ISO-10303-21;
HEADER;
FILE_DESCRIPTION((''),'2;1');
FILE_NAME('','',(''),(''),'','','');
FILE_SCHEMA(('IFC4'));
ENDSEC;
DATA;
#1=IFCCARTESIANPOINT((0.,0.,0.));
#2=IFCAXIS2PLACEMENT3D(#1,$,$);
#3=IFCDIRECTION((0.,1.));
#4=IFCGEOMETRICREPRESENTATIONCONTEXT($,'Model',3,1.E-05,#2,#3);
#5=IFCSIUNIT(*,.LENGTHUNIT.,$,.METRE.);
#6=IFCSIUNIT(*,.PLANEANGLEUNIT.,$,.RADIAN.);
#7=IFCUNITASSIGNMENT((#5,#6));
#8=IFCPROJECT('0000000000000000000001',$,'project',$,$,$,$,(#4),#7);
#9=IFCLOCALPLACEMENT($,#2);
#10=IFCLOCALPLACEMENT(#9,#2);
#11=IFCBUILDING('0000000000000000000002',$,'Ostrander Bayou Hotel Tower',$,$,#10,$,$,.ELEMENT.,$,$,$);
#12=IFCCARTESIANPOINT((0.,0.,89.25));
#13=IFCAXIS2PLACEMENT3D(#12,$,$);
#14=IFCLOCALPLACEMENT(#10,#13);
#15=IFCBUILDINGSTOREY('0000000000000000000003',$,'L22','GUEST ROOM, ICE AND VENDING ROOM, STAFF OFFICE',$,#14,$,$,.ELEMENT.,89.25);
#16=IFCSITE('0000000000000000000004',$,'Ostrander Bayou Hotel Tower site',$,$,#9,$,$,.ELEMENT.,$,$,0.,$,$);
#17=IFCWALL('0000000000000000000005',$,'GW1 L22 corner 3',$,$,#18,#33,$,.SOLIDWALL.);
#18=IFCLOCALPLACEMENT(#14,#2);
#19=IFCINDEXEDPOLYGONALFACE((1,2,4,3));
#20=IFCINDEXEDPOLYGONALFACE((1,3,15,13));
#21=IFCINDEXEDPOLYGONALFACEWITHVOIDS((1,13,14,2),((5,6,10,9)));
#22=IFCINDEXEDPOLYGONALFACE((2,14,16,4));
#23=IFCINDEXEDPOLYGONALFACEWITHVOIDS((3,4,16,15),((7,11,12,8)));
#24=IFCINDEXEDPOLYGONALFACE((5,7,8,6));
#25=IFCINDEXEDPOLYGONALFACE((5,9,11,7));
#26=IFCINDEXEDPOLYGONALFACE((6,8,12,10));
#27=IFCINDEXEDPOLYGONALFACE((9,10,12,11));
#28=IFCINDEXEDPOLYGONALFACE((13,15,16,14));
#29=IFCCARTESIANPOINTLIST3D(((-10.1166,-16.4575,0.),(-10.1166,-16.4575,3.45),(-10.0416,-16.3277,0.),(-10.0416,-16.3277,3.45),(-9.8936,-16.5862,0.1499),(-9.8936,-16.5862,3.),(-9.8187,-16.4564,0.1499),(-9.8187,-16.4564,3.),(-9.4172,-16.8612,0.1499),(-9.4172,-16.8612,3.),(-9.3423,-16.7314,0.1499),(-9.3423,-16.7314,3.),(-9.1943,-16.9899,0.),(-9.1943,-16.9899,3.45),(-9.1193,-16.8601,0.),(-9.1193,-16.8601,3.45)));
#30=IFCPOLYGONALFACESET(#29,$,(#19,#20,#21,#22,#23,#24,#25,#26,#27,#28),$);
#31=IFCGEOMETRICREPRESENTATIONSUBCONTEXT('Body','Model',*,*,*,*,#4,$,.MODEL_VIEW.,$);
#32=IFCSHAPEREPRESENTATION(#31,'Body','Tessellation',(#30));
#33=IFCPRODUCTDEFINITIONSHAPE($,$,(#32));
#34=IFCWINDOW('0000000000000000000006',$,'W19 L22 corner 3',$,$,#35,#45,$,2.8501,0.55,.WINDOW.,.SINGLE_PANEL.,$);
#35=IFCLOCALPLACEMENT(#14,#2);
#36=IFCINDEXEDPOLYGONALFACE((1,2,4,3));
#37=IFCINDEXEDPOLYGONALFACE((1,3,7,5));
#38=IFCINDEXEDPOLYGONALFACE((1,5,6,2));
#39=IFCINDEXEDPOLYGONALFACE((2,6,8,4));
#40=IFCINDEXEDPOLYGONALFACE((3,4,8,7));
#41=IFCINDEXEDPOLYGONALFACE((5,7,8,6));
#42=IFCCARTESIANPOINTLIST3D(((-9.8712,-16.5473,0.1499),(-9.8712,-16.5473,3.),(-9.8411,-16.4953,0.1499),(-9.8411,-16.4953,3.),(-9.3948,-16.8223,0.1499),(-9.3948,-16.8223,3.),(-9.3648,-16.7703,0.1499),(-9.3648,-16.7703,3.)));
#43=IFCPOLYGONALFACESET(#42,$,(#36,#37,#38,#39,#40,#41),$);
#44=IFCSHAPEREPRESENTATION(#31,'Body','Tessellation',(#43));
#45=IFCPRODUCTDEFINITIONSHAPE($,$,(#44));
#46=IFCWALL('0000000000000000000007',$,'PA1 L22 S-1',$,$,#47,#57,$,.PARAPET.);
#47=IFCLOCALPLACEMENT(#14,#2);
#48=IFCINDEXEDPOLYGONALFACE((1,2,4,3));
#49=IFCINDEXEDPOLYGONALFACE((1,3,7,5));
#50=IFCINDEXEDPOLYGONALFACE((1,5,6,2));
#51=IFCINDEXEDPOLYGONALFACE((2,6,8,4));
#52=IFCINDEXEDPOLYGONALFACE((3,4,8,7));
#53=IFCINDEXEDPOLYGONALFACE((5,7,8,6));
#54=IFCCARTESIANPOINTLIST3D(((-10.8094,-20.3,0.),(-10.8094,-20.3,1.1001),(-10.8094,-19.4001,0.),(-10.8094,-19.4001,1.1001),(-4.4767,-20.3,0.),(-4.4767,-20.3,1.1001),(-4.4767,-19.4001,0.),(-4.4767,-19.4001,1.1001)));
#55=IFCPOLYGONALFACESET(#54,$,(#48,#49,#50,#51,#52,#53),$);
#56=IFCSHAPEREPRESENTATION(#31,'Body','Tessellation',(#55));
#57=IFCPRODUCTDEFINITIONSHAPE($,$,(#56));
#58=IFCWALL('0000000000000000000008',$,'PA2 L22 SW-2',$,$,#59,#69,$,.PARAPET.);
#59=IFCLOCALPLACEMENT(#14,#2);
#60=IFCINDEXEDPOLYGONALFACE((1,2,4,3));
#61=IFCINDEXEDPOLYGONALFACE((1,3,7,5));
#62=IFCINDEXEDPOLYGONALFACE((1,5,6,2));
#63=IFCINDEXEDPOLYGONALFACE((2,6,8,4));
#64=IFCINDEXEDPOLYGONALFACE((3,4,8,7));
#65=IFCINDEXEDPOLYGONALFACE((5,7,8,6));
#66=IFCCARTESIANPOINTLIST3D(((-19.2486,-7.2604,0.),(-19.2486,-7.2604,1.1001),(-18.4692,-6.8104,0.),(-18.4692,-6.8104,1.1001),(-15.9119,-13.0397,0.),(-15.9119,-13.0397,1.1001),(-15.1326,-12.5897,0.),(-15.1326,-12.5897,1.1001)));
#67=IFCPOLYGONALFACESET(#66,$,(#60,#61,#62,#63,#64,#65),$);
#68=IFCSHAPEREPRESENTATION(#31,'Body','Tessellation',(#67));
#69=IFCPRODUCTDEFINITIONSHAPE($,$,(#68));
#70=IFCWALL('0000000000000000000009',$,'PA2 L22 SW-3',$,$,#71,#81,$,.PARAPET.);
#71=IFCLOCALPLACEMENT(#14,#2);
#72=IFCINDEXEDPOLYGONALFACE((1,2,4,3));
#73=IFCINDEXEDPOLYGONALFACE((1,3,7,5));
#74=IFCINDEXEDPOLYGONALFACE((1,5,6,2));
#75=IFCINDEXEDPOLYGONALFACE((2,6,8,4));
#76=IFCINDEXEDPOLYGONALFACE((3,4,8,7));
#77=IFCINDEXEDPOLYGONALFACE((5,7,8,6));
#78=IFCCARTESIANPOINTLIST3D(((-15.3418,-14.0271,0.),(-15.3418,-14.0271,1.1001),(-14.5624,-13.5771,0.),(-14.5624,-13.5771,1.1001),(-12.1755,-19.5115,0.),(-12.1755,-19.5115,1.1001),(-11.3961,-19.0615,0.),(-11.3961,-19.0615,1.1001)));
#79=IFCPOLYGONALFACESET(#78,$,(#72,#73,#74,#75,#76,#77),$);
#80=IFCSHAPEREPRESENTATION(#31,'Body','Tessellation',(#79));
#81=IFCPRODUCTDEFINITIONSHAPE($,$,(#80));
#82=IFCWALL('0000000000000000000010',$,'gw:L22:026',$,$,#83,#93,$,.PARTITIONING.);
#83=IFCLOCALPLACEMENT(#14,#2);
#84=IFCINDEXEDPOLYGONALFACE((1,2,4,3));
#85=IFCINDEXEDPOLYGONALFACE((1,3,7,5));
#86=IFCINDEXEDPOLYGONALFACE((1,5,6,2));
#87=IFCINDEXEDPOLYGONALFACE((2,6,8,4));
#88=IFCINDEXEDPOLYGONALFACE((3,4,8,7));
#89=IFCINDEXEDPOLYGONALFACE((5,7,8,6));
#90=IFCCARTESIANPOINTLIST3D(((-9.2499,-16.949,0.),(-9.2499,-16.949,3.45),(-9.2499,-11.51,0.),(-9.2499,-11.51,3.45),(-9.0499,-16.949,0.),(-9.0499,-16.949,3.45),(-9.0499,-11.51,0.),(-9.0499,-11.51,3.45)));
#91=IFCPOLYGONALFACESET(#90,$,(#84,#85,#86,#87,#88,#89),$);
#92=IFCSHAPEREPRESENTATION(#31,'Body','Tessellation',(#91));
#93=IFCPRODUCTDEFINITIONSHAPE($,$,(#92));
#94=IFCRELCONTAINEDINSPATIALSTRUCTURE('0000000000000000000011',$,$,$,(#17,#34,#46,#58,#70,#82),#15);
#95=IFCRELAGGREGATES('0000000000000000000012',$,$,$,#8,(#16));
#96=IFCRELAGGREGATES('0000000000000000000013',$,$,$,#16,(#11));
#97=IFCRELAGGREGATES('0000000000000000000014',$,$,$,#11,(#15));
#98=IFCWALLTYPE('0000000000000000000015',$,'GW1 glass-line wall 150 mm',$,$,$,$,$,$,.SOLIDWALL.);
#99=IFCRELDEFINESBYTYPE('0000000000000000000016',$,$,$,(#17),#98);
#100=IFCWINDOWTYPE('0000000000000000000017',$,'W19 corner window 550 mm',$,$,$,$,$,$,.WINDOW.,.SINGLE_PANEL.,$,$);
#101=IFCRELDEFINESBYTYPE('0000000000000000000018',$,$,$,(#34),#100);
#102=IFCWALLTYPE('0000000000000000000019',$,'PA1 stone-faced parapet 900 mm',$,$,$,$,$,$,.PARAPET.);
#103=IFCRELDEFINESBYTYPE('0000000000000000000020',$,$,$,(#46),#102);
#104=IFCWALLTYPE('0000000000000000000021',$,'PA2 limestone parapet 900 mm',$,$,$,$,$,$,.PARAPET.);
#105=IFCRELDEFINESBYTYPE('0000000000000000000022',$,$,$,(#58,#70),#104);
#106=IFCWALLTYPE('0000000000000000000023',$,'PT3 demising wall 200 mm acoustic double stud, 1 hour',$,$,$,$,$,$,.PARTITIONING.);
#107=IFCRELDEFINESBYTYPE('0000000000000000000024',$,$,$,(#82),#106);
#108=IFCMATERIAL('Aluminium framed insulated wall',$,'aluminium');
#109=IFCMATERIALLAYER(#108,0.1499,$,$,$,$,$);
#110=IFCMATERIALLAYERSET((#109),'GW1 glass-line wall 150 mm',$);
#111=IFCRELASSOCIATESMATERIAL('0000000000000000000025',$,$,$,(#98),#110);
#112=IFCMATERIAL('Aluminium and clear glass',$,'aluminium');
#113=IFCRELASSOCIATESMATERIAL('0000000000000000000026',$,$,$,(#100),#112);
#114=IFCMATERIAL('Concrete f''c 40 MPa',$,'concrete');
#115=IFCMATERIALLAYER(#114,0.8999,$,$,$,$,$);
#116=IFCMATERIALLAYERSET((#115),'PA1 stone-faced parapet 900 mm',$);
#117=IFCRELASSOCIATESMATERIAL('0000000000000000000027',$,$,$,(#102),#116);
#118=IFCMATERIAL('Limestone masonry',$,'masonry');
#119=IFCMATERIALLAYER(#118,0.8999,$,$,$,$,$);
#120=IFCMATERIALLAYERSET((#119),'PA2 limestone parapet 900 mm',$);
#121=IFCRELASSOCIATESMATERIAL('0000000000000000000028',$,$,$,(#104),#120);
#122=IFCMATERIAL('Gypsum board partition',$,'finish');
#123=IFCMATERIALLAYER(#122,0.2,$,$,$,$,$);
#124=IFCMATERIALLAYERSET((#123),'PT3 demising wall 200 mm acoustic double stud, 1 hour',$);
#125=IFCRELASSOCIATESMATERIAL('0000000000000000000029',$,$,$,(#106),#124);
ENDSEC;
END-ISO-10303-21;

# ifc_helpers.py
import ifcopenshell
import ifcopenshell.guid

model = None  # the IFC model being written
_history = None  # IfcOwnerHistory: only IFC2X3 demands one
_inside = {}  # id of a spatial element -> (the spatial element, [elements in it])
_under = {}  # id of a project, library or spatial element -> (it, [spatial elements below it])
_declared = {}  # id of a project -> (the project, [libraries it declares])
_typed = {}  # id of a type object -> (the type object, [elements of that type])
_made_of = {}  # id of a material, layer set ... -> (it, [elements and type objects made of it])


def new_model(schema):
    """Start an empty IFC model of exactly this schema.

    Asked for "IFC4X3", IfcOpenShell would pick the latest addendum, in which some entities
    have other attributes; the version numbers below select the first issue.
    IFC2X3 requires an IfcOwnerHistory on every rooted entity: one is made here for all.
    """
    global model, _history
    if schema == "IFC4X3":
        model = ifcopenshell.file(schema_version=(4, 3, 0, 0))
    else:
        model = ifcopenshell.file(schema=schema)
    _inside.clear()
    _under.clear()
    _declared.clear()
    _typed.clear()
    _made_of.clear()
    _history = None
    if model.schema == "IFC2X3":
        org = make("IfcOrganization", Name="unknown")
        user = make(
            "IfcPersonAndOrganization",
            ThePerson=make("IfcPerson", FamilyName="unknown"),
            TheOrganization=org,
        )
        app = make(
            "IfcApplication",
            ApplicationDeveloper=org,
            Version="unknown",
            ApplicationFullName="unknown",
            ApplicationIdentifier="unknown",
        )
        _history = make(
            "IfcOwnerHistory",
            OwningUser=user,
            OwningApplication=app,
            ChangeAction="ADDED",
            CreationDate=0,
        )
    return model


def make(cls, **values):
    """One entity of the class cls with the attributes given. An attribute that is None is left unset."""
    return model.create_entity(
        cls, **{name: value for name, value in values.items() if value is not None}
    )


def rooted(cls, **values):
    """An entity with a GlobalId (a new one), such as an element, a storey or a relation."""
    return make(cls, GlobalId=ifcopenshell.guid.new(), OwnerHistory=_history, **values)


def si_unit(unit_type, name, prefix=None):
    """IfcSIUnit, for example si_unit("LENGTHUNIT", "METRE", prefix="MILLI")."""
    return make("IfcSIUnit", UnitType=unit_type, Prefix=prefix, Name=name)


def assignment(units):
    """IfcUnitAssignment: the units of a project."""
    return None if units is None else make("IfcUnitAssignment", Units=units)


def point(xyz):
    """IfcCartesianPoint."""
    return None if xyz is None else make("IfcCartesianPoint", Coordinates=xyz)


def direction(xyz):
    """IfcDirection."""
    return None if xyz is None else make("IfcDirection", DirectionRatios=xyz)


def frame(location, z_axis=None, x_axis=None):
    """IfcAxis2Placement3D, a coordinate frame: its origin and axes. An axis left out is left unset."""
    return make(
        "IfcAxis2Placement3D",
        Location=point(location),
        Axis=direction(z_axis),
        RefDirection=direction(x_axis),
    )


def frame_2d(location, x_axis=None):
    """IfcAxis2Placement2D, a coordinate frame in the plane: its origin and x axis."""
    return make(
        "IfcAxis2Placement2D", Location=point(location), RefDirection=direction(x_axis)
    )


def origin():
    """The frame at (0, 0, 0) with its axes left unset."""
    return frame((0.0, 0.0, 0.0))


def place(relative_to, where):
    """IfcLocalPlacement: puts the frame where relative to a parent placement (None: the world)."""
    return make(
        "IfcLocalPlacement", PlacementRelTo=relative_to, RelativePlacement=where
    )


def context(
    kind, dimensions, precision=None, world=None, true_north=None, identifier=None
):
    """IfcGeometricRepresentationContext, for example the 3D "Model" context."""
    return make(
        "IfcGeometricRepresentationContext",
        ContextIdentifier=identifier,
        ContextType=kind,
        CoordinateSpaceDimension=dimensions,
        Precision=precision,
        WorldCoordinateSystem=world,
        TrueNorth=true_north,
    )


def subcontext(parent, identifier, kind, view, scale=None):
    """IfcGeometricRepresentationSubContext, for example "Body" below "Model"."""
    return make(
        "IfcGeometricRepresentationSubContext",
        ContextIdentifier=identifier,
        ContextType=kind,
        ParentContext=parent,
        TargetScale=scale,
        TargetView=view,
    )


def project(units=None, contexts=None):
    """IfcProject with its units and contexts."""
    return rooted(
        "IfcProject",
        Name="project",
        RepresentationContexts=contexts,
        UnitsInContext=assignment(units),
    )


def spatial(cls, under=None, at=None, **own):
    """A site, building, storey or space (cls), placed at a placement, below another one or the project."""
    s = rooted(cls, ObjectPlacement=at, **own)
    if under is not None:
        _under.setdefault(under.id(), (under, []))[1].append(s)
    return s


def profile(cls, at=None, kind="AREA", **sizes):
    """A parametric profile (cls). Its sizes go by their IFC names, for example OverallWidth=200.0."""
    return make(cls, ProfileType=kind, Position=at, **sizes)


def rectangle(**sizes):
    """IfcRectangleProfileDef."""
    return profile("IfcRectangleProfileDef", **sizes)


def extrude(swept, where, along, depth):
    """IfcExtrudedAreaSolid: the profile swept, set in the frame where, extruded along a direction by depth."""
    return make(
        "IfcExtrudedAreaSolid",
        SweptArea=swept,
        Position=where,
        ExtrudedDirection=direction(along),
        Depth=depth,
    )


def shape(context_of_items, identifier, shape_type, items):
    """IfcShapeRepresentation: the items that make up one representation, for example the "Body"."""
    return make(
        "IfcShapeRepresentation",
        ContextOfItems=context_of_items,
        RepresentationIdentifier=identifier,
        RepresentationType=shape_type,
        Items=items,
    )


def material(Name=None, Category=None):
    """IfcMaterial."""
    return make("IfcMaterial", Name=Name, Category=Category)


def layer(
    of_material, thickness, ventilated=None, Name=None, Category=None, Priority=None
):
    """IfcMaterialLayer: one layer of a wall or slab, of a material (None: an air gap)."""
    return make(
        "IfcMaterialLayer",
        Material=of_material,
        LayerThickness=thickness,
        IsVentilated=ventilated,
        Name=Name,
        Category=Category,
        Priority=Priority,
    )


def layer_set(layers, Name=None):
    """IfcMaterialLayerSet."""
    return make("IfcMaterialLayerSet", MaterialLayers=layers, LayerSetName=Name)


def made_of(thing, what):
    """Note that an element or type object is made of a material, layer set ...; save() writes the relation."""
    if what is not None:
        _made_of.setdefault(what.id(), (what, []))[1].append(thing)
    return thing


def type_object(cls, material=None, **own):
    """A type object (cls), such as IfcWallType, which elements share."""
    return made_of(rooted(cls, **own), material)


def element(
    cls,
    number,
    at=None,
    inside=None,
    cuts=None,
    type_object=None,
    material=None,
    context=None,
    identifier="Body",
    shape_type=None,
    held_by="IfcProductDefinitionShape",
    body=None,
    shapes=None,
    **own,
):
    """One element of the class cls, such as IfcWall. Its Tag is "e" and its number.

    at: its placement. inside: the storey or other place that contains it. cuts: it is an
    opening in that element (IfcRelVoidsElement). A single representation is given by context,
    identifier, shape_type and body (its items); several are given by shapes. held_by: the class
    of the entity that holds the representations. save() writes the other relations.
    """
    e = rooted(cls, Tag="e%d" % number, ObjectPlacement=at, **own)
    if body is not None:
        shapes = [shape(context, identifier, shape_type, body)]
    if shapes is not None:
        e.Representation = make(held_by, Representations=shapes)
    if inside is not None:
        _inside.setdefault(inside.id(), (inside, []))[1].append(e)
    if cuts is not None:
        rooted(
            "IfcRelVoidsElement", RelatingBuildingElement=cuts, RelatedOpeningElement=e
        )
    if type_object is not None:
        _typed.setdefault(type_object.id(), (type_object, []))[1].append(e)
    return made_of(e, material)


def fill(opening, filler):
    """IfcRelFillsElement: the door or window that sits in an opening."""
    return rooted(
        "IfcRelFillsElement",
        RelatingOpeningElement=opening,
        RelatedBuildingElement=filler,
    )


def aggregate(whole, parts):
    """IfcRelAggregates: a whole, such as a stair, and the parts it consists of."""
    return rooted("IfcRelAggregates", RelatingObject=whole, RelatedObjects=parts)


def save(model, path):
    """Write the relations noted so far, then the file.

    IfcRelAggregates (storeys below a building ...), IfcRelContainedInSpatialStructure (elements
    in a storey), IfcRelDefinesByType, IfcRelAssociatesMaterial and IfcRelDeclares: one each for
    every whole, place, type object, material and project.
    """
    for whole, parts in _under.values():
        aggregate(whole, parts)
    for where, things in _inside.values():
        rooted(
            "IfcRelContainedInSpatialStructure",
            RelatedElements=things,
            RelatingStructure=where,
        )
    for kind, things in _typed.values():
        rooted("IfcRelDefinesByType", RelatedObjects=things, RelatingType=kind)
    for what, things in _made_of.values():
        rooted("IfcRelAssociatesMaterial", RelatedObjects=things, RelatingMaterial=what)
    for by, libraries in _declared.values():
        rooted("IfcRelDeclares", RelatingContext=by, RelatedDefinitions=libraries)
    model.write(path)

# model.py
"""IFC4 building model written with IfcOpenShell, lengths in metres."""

from ifc_helpers import new_model, si_unit, direction, frame, frame_2d, origin, place, context, subcontext, project, spatial, rectangle, extrude, material, layer, layer_set, type_object, element, fill, save


model = new_model("IFC4")

# Units and contexts
model_context = context("Model", 3, precision=1e-05, world=origin(), true_north=direction((0.0, 1.0)))
body_context = subcontext(model_context, "Body", "Model", "MODEL_VIEW")
ifc_project = project(units=[si_unit("LENGTHUNIT", "METRE"), si_unit("PLANEANGLEUNIT", "RADIAN")], contexts=[model_context])

# Site, building, storey
site_placement = place(None, origin())
site = spatial("IfcSite", under=ifc_project, at=site_placement, Name="Ostrander Bayou Hotel Tower site", CompositionType="ELEMENT", RefElevation=0.0)
building_placement = place(site_placement, origin())
building = spatial("IfcBuilding", under=site, at=building_placement, Name="Ostrander Bayou Hotel Tower", CompositionType="ELEMENT")
storey_placement = place(building_placement, frame((0.0, 0.0, 89.25)))
storey = spatial("IfcBuildingStorey", under=building, at=storey_placement, Name="L22", Description="GUEST ROOM, ICE AND VENDING ROOM, STAFF OFFICE", CompositionType="ELEMENT", Elevation=89.25)

# Shared definitions
ifc_material_1 = material(Name="Aluminium framed insulated wall", Category="aluminium")
ifc_layer_1 = layer(ifc_material_1, 0.1499)
ifc_layer_set_1 = layer_set([ifc_layer_1], Name="GW1 glass-line wall 150 mm")
wall_type_1 = type_object("IfcWallType", Name="GW1 glass-line wall 150 mm", PredefinedType="SOLIDWALL", material=ifc_layer_set_1)

# Wall, opening, window
wall_1_placement = place(storey_placement, frame((-10.0791, -16.3926, 0.0), z_axis=(0.0, 0.0, 1.0), x_axis=(0.866048, -0.499961, 0.0)))
wall_1 = element("IfcWall", 1, at=wall_1_placement, inside=storey, type_object=wall_type_1, Name="GW1 L22 corner 3", PredefinedType="SOLIDWALL", context=body_context, shape_type="SweptSolid", body=[
    extrude(rectangle(XDim=1.0649, YDim=0.1499, at=frame_2d((0.5325, 0.0))), origin(), (0.0, 0.0, 1.0), 3.45),
])
opening_1_placement = place(wall_1_placement, frame((0.2576, 0.0, 0.1499)))
opening_1 = element("IfcOpeningElement", 2, at=opening_1_placement, cuts=wall_1, PredefinedType="OPENING", context=body_context, shape_type="SweptSolid", body=[
    extrude(rectangle(XDim=0.55, YDim=2.8501, at=frame_2d((0.2749, 1.425))), frame((0.0, 0.075, 0.0), z_axis=(0.0, -1.0, 0.0), x_axis=(1.0, 0.0, 0.0)), (0.0, 0.0, 1.0), 0.1499),
])
ifc_material_2 = material(Name="Aluminium and clear glass", Category="aluminium")
window_type_1 = type_object("IfcWindowType", Name="W19 corner window 550 mm", PartitioningType="SINGLE_PANEL", PredefinedType="WINDOW", material=ifc_material_2)
window_1_placement = place(opening_1_placement, origin())
window_1 = element("IfcWindow", 3, at=window_1_placement, inside=storey, type_object=window_type_1, Name="W19 L22 corner 3", OverallHeight=2.8501, OverallWidth=0.55, PartitioningType="SINGLE_PANEL", PredefinedType="WINDOW", context=body_context, shape_type="SweptSolid", body=[
    extrude(rectangle(XDim=0.55, YDim=2.8501, at=frame_2d((0.2749, 1.425))), frame((0.0, 0.03, 0.0), z_axis=(0.0, -1.0, 0.0), x_axis=(1.0, 0.0, 0.0)), (0.0, 0.0, 1.0), 0.0601),
])
fill(opening_1, window_1)

# Walls
ifc_material_3 = material(Name="Concrete f'c 40 MPa", Category="concrete")
ifc_layer_2 = layer(ifc_material_3, 0.8999)
ifc_layer_set_2 = layer_set([ifc_layer_2], Name="PA1 stone-faced parapet 900 mm")
wall_type_2 = type_object("IfcWallType", Name="PA1 stone-faced parapet 900 mm", PredefinedType="PARAPET", material=ifc_layer_set_2)
wall_2_placement = place(storey_placement, frame((-10.8096, -19.8501, 0.0), z_axis=(0.0, 0.0, 1.0), x_axis=(1.0, 0.0, 0.0)))
element("IfcWall", 4, at=wall_2_placement, inside=storey, type_object=wall_type_2, Name="PA1 L22 S-1", PredefinedType="PARAPET", context=body_context, shape_type="SweptSolid", body=[
    extrude(rectangle(XDim=6.3328, YDim=0.8999, at=frame_2d((3.1665, 0.0))), origin(), (0.0, 0.0, 1.0), 1.1001),
])
ifc_material_4 = material(Name="Limestone masonry", Category="masonry")
ifc_layer_3 = layer(ifc_material_4, 0.8999)
ifc_layer_set_3 = layer_set([ifc_layer_3], Name="PA2 limestone parapet 900 mm")
wall_type_3 = type_object("IfcWallType", Name="PA2 limestone parapet 900 mm", PredefinedType="PARAPET", material=ifc_layer_set_3)
wall_3_placement = place(storey_placement, frame((-18.8589, -7.0354, 0.0), z_axis=(0.0, 0.0, 1.0), x_axis=(0.499999, -0.866026, 0.0)))
element("IfcWall", 5, at=wall_3_placement, inside=storey, type_object=wall_type_3, Name="PA2 L22 SW-2", PredefinedType="PARAPET", context=body_context, shape_type="SweptSolid", body=[
    extrude(rectangle(XDim=6.6733, YDim=0.8999, at=frame_2d((3.3367, 0.0))), origin(), (0.0, 0.0, 1.0), 1.1001),
])
wall_4_placement = place(storey_placement, frame((-14.9521, -13.802, 0.0), z_axis=(0.0, 0.0, 1.0), x_axis=(0.499983, -0.866035, 0.0)))
element("IfcWall", 6, at=wall_4_placement, inside=storey, type_object=wall_type_3, Name="PA2 L22 SW-3", PredefinedType="PARAPET", context=body_context, shape_type="SweptSolid", body=[
    extrude(rectangle(XDim=6.3328, YDim=0.8999, at=frame_2d((3.1665, 0.0))), origin(), (0.0, 0.0, 1.0), 1.1001),
])
ifc_material_5 = material(Name="Gypsum board partition", Category="finish")
ifc_layer_4 = layer(ifc_material_5, 0.2)
ifc_layer_set_4 = layer_set([ifc_layer_4], Name="PT3 demising wall 200 mm acoustic double stud, 1 hour")
wall_type_4 = type_object("IfcWallType", Name="PT3 demising wall 200 mm acoustic double stud, 1 hour", PredefinedType="PARTITIONING", material=ifc_layer_set_4)
wall_5_placement = place(storey_placement, frame((-9.1499, -16.949, 0.0), z_axis=(0.0, 0.0, 1.0), x_axis=(0.0, 1.0, 0.0)))
element("IfcWall", 7, at=wall_5_placement, inside=storey, type_object=wall_type_4, Name="gw:L22:026", PredefinedType="PARTITIONING", context=body_context, shape_type="SweptSolid", body=[
    extrude(rectangle(XDim=5.439, YDim=0.2, at=frame_2d((2.7195, 0.0))), origin(), (0.0, 0.0, 1.0), 3.45),
])

save(model, "model.ifc")
